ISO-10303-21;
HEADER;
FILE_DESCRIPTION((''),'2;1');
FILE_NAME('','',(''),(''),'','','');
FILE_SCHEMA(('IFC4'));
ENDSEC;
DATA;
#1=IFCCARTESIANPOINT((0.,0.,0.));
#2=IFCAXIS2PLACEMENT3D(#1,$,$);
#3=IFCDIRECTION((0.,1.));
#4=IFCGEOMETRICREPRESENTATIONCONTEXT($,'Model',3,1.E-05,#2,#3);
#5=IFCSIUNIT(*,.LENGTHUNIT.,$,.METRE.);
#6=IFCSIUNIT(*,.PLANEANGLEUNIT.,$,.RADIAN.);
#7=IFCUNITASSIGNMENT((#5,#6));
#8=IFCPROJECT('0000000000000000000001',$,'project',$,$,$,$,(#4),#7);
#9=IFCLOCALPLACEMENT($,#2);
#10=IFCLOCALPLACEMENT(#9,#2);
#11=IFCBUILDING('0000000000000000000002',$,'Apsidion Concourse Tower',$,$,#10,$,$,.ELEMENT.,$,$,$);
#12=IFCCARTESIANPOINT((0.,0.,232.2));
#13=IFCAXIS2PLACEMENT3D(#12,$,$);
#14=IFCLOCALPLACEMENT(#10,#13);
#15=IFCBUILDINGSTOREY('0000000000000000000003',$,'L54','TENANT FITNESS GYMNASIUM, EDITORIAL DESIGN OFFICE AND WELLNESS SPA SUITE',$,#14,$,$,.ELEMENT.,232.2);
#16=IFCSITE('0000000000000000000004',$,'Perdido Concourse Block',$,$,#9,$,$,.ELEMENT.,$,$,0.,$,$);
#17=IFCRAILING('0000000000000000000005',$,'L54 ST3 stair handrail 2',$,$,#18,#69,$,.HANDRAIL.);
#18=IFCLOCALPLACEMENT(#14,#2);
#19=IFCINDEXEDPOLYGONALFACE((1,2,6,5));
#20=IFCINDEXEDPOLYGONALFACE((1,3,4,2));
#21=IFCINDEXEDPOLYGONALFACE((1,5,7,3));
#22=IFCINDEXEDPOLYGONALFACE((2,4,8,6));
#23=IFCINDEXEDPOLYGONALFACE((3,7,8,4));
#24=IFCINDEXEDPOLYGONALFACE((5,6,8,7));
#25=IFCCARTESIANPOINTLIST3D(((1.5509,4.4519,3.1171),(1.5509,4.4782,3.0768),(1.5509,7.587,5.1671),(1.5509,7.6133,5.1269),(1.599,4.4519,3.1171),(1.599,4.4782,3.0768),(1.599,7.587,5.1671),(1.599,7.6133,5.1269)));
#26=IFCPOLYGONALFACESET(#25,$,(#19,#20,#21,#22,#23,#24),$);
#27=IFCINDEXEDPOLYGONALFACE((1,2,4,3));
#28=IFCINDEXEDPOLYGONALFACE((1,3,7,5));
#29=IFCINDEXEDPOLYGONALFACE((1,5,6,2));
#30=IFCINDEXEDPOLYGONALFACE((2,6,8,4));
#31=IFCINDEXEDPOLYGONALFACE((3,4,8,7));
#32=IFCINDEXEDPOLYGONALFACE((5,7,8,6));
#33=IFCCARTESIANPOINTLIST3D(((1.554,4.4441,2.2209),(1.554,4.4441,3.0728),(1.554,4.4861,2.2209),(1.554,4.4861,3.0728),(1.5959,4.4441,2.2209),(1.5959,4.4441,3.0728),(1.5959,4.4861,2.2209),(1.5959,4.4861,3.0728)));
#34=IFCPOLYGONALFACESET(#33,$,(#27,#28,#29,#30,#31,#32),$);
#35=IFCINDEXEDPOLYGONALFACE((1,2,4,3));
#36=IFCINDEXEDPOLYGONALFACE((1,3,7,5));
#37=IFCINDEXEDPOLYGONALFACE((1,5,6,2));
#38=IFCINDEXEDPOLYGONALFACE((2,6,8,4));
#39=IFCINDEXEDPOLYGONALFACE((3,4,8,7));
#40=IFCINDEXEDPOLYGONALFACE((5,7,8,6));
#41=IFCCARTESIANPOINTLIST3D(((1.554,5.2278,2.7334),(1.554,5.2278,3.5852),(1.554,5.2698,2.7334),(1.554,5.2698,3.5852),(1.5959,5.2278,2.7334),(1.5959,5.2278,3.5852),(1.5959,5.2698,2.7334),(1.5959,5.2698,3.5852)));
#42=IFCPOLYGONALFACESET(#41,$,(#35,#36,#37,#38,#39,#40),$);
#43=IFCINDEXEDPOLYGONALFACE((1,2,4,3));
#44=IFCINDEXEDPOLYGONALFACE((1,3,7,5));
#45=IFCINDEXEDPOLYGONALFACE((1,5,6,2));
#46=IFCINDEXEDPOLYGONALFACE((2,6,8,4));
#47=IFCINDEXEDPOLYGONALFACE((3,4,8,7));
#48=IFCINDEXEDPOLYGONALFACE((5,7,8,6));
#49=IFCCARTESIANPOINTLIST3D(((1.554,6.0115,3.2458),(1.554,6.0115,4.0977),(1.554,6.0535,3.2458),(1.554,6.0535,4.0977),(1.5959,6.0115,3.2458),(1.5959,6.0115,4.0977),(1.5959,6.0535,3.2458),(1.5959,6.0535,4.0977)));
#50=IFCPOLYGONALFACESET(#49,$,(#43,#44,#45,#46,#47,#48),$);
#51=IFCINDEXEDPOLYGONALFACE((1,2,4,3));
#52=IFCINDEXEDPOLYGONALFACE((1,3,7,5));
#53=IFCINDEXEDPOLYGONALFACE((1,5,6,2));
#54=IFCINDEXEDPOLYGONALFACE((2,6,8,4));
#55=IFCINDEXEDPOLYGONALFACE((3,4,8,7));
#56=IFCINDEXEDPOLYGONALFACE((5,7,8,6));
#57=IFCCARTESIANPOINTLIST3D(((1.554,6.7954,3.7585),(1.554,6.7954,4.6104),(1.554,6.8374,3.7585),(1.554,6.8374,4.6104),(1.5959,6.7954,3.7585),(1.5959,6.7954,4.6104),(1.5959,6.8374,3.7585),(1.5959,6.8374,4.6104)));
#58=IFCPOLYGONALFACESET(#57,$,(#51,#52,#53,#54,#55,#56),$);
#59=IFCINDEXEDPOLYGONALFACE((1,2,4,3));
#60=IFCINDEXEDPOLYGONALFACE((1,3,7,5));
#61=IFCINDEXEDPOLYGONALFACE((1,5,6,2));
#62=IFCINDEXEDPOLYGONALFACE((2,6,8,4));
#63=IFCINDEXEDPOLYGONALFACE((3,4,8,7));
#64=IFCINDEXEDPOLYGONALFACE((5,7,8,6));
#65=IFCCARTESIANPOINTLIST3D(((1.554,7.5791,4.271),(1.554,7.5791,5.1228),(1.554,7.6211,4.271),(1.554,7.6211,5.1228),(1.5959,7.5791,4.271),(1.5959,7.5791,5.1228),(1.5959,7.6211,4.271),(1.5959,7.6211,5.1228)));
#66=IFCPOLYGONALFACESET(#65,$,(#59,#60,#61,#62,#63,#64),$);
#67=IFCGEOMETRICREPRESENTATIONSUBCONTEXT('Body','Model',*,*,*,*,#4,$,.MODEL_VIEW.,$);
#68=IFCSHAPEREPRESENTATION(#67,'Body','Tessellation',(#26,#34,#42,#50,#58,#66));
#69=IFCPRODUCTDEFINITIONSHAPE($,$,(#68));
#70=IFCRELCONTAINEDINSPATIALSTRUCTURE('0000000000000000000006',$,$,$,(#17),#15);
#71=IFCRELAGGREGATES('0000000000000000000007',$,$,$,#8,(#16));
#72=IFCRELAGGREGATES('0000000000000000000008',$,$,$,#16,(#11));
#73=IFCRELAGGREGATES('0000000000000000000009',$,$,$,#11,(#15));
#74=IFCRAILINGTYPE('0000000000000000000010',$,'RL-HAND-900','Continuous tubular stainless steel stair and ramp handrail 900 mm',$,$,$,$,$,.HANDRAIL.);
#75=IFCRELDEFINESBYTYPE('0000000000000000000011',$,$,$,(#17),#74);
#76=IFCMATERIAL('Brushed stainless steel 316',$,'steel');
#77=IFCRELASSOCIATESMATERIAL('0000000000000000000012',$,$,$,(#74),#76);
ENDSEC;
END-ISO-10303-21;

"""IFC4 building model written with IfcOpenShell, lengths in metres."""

from ifc_helpers import new_model, si_unit, direction, frame, origin, origin_2d, place, context, subcontext, project, spatial, rectangle, extrude, material, type_object, element, save


model = new_model("IFC4")

# Units and contexts
model_context = context("Model", 3, precision=1e-05, world=origin(), true_north=direction((0.0, 1.0)))
body_context = subcontext(model_context, "Body", "Model", "MODEL_VIEW")
ifc_project = project(units=[si_unit("LENGTHUNIT", "METRE"), si_unit("PLANEANGLEUNIT", "RADIAN")], contexts=[model_context])

# Site, building, storey
site_placement = place(None, origin())
site = spatial("IfcSite", under=ifc_project, at=site_placement, Name="Perdido Concourse Block", CompositionType="ELEMENT", RefElevation=0.0)
building_placement = place(site_placement, origin())
building = spatial("IfcBuilding", under=site, at=building_placement, Name="Apsidion Concourse Tower", CompositionType="ELEMENT")
storey_placement = place(building_placement, frame((0.0, 0.0, 232.2)))
storey = spatial("IfcBuildingStorey", under=building, at=storey_placement, Name="L54", Description="TENANT FITNESS GYMNASIUM, EDITORIAL DESIGN OFFICE AND WELLNESS SPA SUITE", CompositionType="ELEMENT", Elevation=232.2)

# Railing
ifc_material_1 = material(Name="Brushed stainless steel 316", Category="steel")
railing_type_1 = type_object("IfcRailingType", Name="RL-HAND-900", Description="Continuous tubular stainless steel stair and ramp handrail 900 mm", PredefinedType="HANDRAIL", material=ifc_material_1)
railing_1_placement = place(storey_placement, frame((1.575, 4.4651, 2.2209)))
element("IfcRailing", 1, at=railing_1_placement, inside=storey, type_object=railing_type_1, Name="L54 ST3 stair handrail 2", PredefinedType="HANDRAIL", context=body_context, shape_type="SweptSolid", body=[
    extrude(rectangle(XDim=0.0481, YDim=0.0481, at=origin_2d()), frame((0.0, 0.0, 0.876), z_axis=(0.0, 0.836941, 0.547293), x_axis=(-1.0, 0.0, 0.0)), (0.0, 0.0, 1.0), 3.7458),
    extrude(rectangle(XDim=0.042, YDim=0.042, at=origin_2d()), origin(), (0.0, 0.0, 1.0), 0.8518),
    extrude(rectangle(XDim=0.042, YDim=0.042, at=origin_2d()), frame((0.0, 0.7837, 0.5125)), (0.0, 0.0, 1.0), 0.8518),
    extrude(rectangle(XDim=0.042, YDim=0.042, at=origin_2d()), frame((0.0, 1.5674, 1.0249)), (0.0, 0.0, 1.0), 0.8518),
    extrude(rectangle(XDim=0.042, YDim=0.042, at=origin_2d()), frame((0.0, 2.3513, 1.5376)), (0.0, 0.0, 1.0), 0.8518),
    extrude(rectangle(XDim=0.042, YDim=0.042, at=origin_2d()), frame((0.0, 3.135, 2.05)), (0.0, 0.0, 1.0), 0.8518),
])

save(model, "model.ifc")
